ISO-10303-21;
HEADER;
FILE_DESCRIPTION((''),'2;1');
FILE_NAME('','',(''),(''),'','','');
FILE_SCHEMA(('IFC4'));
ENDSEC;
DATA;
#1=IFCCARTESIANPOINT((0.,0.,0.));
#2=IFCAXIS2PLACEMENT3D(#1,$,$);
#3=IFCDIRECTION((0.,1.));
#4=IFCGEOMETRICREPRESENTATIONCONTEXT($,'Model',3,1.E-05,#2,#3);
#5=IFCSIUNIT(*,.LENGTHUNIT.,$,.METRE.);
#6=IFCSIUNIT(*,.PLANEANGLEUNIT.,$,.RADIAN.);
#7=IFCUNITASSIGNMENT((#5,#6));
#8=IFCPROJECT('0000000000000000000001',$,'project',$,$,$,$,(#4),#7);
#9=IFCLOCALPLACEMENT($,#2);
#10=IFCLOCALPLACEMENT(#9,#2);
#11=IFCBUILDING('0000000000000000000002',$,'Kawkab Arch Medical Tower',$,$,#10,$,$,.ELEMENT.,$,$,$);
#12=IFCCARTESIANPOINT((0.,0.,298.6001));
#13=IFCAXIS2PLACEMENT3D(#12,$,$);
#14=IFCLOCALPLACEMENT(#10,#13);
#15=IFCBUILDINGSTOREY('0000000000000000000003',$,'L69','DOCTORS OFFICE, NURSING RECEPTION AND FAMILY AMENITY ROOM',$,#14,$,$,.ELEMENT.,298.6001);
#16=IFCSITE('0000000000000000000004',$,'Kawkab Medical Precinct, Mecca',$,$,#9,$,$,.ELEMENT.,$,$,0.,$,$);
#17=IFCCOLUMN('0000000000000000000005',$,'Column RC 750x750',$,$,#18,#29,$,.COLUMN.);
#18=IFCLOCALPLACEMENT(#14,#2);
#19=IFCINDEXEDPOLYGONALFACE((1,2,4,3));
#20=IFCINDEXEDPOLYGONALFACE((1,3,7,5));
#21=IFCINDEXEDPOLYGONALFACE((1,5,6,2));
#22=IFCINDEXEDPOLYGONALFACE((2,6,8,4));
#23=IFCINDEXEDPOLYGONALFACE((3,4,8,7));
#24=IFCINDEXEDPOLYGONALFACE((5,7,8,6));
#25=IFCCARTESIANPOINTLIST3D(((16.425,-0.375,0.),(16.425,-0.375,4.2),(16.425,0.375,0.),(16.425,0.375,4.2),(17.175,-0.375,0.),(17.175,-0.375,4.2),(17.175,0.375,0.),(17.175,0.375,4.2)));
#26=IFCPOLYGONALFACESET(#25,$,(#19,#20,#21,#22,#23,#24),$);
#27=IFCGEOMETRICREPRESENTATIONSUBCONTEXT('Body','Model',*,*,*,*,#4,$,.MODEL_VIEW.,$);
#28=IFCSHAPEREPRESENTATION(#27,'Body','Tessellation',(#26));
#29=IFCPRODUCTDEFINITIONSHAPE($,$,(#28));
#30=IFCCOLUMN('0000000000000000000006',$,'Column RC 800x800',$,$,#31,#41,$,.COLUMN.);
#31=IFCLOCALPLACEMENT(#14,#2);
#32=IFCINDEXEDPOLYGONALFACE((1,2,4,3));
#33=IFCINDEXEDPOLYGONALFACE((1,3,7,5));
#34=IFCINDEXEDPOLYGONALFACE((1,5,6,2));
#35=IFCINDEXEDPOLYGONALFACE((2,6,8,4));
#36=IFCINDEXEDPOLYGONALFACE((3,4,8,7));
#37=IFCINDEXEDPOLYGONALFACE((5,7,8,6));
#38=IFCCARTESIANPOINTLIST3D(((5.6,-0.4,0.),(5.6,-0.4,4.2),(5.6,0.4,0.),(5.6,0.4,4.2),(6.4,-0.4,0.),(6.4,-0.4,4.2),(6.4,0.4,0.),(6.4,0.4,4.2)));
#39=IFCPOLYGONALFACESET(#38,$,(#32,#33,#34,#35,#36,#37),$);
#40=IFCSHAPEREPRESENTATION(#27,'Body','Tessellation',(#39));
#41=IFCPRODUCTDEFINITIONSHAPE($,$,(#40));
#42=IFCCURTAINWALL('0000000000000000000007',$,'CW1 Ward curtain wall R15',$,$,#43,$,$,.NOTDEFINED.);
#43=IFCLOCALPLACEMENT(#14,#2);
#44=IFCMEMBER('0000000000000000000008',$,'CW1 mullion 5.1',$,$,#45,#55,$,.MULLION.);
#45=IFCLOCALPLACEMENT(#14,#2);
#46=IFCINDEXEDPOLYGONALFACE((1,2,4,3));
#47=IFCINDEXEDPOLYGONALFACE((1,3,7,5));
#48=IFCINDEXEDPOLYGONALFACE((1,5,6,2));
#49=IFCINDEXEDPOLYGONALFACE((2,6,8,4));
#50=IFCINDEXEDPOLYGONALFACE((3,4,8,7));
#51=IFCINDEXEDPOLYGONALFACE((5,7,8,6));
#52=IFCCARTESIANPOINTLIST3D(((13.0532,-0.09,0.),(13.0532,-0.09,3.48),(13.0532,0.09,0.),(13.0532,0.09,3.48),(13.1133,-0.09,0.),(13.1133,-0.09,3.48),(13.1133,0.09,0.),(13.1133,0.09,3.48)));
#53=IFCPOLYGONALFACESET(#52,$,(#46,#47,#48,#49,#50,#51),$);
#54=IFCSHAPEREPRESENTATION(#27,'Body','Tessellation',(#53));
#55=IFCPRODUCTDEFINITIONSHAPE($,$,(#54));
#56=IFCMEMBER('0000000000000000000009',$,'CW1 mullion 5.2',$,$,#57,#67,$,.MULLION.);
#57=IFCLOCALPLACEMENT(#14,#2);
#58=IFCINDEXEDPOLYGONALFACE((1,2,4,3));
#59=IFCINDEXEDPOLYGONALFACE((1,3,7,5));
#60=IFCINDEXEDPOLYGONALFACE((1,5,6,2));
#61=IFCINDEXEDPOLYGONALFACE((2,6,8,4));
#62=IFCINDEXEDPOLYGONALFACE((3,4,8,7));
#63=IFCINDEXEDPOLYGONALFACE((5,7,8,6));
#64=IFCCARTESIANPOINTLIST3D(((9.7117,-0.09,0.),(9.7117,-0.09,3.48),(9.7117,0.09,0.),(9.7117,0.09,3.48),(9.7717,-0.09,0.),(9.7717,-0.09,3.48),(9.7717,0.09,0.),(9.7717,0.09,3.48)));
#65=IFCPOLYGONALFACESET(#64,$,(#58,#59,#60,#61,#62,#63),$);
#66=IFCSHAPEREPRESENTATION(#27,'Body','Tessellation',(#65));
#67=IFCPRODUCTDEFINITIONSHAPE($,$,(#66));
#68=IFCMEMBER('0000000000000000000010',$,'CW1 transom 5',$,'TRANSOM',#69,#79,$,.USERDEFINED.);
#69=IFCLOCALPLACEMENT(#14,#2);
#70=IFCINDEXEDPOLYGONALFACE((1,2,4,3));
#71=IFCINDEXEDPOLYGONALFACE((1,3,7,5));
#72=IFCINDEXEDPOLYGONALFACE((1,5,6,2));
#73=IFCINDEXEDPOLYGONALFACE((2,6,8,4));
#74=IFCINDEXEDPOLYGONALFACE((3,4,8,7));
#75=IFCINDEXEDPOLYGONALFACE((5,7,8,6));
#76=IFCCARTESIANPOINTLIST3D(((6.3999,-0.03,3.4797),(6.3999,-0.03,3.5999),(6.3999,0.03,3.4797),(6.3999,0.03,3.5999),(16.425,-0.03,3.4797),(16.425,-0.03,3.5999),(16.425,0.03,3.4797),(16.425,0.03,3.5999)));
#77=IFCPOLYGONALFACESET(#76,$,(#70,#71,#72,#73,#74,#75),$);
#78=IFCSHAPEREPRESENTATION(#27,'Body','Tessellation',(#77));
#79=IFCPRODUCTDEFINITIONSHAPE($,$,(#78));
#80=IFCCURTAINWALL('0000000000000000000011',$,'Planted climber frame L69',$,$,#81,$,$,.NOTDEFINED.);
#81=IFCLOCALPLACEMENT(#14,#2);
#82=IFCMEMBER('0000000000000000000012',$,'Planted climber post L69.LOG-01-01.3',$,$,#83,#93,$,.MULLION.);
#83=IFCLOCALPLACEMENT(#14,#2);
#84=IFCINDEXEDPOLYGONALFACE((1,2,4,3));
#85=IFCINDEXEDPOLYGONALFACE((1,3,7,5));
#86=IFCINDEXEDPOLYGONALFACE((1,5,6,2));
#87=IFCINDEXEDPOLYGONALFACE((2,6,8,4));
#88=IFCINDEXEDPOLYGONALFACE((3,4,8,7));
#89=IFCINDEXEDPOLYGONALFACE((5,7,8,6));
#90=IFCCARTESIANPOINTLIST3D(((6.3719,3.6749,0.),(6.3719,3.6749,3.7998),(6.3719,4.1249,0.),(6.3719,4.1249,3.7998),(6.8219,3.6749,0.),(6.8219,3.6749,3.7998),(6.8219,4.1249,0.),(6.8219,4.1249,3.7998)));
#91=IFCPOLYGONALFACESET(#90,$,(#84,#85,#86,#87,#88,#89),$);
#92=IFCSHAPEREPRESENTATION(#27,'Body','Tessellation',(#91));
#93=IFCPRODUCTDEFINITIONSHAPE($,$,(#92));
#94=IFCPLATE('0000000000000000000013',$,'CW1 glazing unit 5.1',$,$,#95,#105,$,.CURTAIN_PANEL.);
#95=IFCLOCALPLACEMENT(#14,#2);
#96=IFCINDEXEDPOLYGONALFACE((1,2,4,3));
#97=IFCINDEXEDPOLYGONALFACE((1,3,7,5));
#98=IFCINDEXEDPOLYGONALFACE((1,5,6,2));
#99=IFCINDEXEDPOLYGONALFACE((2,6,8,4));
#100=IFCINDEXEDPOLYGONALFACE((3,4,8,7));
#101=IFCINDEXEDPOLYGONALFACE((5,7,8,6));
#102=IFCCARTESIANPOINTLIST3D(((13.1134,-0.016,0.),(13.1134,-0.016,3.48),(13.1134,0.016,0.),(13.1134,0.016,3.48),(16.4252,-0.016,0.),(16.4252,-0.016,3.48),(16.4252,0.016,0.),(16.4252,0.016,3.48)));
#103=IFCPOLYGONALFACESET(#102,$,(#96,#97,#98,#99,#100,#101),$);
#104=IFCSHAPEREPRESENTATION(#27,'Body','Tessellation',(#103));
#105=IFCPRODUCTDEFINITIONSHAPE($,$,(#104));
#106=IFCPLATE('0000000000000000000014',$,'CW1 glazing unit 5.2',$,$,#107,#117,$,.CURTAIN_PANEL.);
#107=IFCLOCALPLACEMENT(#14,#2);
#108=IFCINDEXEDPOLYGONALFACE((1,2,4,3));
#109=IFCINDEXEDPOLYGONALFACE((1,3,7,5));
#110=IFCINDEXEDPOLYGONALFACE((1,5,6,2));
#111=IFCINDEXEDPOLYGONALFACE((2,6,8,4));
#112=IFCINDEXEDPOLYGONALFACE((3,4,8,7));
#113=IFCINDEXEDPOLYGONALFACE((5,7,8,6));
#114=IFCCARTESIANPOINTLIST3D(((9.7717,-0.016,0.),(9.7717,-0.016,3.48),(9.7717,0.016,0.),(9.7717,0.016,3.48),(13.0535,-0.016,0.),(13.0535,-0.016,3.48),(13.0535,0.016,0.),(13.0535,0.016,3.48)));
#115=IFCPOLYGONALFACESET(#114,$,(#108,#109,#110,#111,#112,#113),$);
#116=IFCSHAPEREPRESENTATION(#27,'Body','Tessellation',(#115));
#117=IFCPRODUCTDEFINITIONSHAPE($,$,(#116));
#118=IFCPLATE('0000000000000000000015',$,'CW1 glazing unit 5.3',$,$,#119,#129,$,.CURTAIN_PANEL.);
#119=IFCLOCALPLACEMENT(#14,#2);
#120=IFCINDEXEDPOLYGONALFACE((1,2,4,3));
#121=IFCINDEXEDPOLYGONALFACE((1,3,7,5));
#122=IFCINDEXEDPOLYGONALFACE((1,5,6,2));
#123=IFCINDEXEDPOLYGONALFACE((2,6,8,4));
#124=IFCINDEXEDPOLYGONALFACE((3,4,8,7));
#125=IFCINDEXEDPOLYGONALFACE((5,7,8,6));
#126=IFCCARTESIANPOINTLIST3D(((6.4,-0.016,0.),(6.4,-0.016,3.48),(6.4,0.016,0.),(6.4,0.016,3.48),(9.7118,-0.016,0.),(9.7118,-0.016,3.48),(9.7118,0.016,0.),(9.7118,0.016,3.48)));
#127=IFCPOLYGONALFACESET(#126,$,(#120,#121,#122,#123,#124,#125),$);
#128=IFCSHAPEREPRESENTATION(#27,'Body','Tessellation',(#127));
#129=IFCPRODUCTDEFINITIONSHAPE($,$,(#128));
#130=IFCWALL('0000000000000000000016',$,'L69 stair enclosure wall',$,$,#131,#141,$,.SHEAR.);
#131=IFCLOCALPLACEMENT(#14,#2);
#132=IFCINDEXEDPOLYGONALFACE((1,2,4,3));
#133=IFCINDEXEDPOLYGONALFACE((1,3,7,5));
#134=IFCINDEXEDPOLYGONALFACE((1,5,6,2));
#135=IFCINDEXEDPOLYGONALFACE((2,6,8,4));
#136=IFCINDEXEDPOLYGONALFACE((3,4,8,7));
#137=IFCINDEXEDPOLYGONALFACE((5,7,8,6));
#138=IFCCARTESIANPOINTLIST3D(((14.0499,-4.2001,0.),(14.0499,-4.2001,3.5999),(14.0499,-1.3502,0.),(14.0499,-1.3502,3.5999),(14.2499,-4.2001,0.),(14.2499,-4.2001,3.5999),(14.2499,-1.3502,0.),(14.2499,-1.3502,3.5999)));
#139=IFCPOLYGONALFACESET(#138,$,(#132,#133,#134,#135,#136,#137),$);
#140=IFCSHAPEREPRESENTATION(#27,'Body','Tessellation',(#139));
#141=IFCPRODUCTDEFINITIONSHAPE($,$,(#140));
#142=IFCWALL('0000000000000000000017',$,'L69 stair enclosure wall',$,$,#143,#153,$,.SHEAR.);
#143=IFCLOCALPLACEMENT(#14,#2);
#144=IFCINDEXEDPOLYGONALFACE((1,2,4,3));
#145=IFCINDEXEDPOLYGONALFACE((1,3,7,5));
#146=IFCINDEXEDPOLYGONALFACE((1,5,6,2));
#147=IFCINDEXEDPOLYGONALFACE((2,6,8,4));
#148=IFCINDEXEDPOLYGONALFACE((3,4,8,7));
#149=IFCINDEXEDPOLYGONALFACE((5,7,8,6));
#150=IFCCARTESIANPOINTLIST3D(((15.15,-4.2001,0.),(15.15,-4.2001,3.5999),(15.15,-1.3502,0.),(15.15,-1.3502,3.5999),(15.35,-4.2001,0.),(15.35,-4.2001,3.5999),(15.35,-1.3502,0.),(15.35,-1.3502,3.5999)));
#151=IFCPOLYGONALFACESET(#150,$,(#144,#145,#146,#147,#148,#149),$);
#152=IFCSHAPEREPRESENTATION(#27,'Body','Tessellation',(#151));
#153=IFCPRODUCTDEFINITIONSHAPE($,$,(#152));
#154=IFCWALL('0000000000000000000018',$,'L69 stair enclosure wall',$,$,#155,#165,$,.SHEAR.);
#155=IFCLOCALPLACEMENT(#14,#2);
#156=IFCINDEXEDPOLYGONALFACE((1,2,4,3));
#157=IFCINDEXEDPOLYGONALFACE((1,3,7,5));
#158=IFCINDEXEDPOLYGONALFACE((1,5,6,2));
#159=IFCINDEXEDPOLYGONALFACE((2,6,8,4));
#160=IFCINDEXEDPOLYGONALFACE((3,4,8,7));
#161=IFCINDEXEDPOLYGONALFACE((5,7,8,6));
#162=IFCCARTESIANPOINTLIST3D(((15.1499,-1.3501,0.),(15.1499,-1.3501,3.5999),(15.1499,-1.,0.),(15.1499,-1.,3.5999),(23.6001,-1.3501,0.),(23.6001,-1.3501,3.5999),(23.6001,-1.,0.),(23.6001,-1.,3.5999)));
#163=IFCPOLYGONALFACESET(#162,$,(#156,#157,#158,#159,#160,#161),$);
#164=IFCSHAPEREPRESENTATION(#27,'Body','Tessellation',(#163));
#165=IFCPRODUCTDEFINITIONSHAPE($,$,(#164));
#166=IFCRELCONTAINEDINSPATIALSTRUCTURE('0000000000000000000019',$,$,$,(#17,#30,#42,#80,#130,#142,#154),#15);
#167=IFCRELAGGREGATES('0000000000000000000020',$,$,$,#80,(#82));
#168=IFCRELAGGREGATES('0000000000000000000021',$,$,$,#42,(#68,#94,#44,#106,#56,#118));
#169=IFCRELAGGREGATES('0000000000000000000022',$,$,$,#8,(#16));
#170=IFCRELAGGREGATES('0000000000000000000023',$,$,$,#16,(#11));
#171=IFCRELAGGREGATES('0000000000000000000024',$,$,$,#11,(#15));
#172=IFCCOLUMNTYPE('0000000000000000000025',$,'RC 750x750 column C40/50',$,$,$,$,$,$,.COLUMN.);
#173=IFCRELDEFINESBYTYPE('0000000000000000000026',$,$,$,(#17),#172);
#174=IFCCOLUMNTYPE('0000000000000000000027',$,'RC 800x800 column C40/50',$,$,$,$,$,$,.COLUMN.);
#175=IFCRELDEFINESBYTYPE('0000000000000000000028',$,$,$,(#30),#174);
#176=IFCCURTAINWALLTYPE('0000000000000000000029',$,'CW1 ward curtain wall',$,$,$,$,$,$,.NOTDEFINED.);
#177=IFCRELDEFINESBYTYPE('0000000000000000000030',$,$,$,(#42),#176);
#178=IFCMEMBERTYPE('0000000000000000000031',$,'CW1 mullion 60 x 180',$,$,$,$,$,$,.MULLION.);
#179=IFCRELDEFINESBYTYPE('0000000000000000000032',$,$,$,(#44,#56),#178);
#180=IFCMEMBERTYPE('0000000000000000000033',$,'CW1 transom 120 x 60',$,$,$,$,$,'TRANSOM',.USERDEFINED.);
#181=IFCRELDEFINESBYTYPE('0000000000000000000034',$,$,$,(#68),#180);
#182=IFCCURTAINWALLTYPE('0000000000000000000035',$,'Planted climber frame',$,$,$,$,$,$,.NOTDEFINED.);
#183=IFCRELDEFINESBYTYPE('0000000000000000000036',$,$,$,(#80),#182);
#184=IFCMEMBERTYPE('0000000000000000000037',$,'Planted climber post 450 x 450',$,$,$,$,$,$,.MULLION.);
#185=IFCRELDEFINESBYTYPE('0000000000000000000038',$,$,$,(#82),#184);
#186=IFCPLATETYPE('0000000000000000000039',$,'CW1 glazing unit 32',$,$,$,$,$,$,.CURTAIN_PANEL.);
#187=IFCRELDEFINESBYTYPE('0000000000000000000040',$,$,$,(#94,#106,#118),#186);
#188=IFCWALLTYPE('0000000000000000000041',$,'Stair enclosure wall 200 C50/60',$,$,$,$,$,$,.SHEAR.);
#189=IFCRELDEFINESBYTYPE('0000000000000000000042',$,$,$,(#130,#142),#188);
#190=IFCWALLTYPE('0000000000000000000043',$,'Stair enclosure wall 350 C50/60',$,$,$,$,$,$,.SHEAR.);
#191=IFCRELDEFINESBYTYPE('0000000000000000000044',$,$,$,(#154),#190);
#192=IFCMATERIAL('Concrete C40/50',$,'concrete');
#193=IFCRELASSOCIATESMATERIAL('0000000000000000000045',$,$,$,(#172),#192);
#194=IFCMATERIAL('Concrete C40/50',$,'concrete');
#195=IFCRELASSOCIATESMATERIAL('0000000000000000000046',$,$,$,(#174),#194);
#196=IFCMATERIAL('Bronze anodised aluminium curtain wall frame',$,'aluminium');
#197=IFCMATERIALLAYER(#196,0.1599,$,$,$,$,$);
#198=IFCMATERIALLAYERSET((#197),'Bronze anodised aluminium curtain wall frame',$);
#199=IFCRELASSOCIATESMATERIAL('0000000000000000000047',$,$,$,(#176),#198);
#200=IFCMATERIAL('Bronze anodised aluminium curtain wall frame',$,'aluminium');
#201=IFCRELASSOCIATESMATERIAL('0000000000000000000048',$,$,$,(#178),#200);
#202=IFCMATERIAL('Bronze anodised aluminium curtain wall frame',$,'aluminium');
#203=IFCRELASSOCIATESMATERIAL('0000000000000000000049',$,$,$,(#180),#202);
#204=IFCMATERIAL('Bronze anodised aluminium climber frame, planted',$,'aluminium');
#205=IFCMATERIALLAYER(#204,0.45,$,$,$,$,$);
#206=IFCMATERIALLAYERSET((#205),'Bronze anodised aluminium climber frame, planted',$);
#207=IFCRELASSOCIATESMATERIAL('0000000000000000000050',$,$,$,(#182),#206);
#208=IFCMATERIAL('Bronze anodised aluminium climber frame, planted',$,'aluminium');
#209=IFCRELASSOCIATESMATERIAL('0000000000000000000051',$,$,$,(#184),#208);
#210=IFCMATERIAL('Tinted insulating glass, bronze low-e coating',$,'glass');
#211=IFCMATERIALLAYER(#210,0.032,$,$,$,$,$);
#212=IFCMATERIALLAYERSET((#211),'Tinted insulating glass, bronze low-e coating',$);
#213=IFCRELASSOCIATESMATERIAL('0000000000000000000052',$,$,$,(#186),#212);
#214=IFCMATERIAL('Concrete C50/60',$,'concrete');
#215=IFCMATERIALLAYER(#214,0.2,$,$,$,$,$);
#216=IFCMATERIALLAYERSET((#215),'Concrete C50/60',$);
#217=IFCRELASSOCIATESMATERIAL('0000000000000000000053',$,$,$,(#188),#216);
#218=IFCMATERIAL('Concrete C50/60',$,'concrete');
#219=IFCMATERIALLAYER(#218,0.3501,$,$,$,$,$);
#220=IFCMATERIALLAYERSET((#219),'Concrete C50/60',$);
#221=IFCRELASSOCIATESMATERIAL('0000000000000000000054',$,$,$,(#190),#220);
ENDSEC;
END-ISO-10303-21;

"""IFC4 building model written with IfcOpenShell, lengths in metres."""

from ifc_helpers import new_model, si_unit, direction, frame, frame_2d, origin, origin_2d, place, context, subcontext, project, spatial, rectangle, extrude, material, layer, layer_set, material_profile, profile_set, type_object, element, aggregate, save


model = new_model("IFC4")

# Units and contexts
model_context = context("Model", 3, precision=1e-05, world=origin(), true_north=direction((0.0, 1.0)))
body_context = subcontext(model_context, "Body", "Model", "MODEL_VIEW")
ifc_project = project(units=[si_unit("LENGTHUNIT", "METRE"), si_unit("PLANEANGLEUNIT", "RADIAN")], contexts=[model_context])

# Site, building, storey
site_placement = place(None, origin())
site = spatial("IfcSite", under=ifc_project, at=site_placement, Name="Kawkab Medical Precinct, Mecca", CompositionType="ELEMENT", RefElevation=0.0)
building_placement = place(site_placement, origin())
building = spatial("IfcBuilding", under=site, at=building_placement, Name="Kawkab Arch Medical Tower", CompositionType="ELEMENT")
storey_placement = place(building_placement, frame((0.0, 0.0, 298.6001)))
storey = spatial("IfcBuildingStorey", under=building, at=storey_placement, Name="L69", Description="DOCTORS OFFICE, NURSING RECEPTION AND FAMILY AMENITY ROOM", CompositionType="ELEMENT", Elevation=298.6001)

# Columns
ifc_material_1 = material(Name="Concrete C40/50", Category="concrete")
ifc_material_profile_1 = material_profile(ifc_material_1, rectangle(XDim=0.75, YDim=0.75, at=origin_2d()), Name="RC 750x750")
ifc_profile_set_1 = profile_set([ifc_material_profile_1], Name="Concrete C40/50")
column_type_1 = type_object("IfcColumnType", Name="RC 750x750 column C40/50", PredefinedType="COLUMN", material=ifc_profile_set_1)
column_1_placement = place(storey_placement, frame((16.8, 0.0, 0.0), z_axis=(0.0, 0.0, 1.0), x_axis=(1.0, 0.0, 0.0)))
element("IfcColumn", 1, at=column_1_placement, inside=storey, type_object=column_type_1, Name="Column RC 750x750", PredefinedType="COLUMN", context=body_context, shape_type="SweptSolid", body=[
    extrude(rectangle(XDim=0.75, YDim=0.75, at=origin_2d()), origin(), (0.0, 0.0, 1.0), 4.2),
])
ifc_material_2 = material(Name="Concrete C40/50", Category="concrete")
ifc_material_profile_2 = material_profile(ifc_material_2, rectangle(XDim=0.8, YDim=0.8, at=origin_2d()), Name="RC 800x800")
ifc_profile_set_2 = profile_set([ifc_material_profile_2], Name="Concrete C40/50")
column_type_2 = type_object("IfcColumnType", Name="RC 800x800 column C40/50", PredefinedType="COLUMN", material=ifc_profile_set_2)
column_2_placement = place(storey_placement, frame((6.0, 0.0, 0.0), z_axis=(0.0, 0.0, 1.0), x_axis=(1.0, 0.0, 0.0)))
element("IfcColumn", 2, at=column_2_placement, inside=storey, type_object=column_type_2, Name="Column RC 800x800", PredefinedType="COLUMN", context=body_context, shape_type="SweptSolid", body=[
    extrude(rectangle(XDim=0.8, YDim=0.8, at=origin_2d()), origin(), (0.0, 0.0, 1.0), 4.2),
])

# Curtain wall, members
ifc_material_3 = material(Name="Bronze anodised aluminium curtain wall frame", Category="aluminium")
ifc_layer_1 = layer(ifc_material_3, 0.1599)
ifc_layer_set_1 = layer_set([ifc_layer_1], Name="Bronze anodised aluminium curtain wall frame")
curtain_wall_type_1 = type_object("IfcCurtainWallType", Name="CW1 ward curtain wall", PredefinedType="NOTDEFINED", material=ifc_layer_set_1)
placement = place(storey_placement, origin())
curtain_wall_1 = element("IfcCurtainWall", 3, at=placement, inside=storey, type_object=curtain_wall_type_1, Name="CW1 Ward curtain wall R15", PredefinedType="NOTDEFINED")
ifc_material_4 = material(Name="Bronze anodised aluminium curtain wall frame", Category="aluminium")
ifc_material_profile_3 = material_profile(ifc_material_4, rectangle(XDim=0.1799, YDim=0.0601, at=origin_2d()), Name="AL 60x180")
ifc_profile_set_3 = profile_set([ifc_material_profile_3], Name="Bronze anodised aluminium curtain wall frame")
member_type_1 = type_object("IfcMemberType", Name="CW1 mullion 60 x 180", PredefinedType="MULLION", material=ifc_profile_set_3)
member_1_placement = place(storey_placement, frame((13.0833, 0.0, 0.0), z_axis=(0.0, 0.0, 1.0), x_axis=(0.0, -1.0, 0.0)))
member_1 = element("IfcMember", 4, at=member_1_placement, type_object=member_type_1, Name="CW1 mullion 5.1", PredefinedType="MULLION", context=body_context, shape_type="SweptSolid", body=[
    extrude(rectangle(XDim=0.1799, YDim=0.0601, at=origin_2d()), origin(), (0.0, 0.0, 1.0), 3.48),
])
member_2_placement = place(storey_placement, frame((9.7417, 0.0, 0.0), z_axis=(0.0, 0.0, 1.0), x_axis=(0.0, -1.0, 0.0)))
member_2 = element("IfcMember", 5, at=member_2_placement, type_object=member_type_1, Name="CW1 mullion 5.2", PredefinedType="MULLION", context=body_context, shape_type="SweptSolid", body=[
    extrude(rectangle(XDim=0.1799, YDim=0.0601, at=origin_2d()), origin(), (0.0, 0.0, 1.0), 3.48),
])
ifc_material_5 = material(Name="Bronze anodised aluminium curtain wall frame", Category="aluminium")
ifc_material_profile_4 = material_profile(ifc_material_5, rectangle(XDim=0.0601, YDim=0.1201, at=origin_2d()), Name="AL 60x120")
ifc_profile_set_4 = profile_set([ifc_material_profile_4], Name="Bronze anodised aluminium curtain wall frame")
member_type_2 = type_object("IfcMemberType", Name="CW1 transom 120 x 60", ElementType="TRANSOM", PredefinedType="USERDEFINED", material=ifc_profile_set_4)
member_3_placement = place(storey_placement, frame((16.425, 0.0, 3.5398), z_axis=(-1.0, 0.0, 0.0), x_axis=(0.0, -1.0, 0.0)))
member_3 = element("IfcMember", 6, at=member_3_placement, type_object=member_type_2, Name="CW1 transom 5", ObjectType="TRANSOM", PredefinedType="USERDEFINED", context=body_context, shape_type="SweptSolid", body=[
    extrude(rectangle(XDim=0.0601, YDim=0.1201, at=origin_2d()), origin(), (0.0, 0.0, 1.0), 10.0251),
])

# Curtain wall, member
ifc_material_6 = material(Name="Bronze anodised aluminium climber frame, planted", Category="aluminium")
ifc_layer_2 = layer(ifc_material_6, 0.45)
ifc_layer_set_2 = layer_set([ifc_layer_2], Name="Bronze anodised aluminium climber frame, planted")
curtain_wall_type_2 = type_object("IfcCurtainWallType", Name="Planted climber frame", PredefinedType="NOTDEFINED", material=ifc_layer_set_2)
curtain_wall_2 = element("IfcCurtainWall", 7, at=placement, inside=storey, type_object=curtain_wall_type_2, Name="Planted climber frame L69", PredefinedType="NOTDEFINED")
ifc_material_7 = material(Name="Bronze anodised aluminium climber frame, planted", Category="aluminium")
ifc_material_profile_5 = material_profile(ifc_material_7, rectangle(XDim=0.45, YDim=0.45, at=origin_2d()), Name="Post 450x450")
ifc_profile_set_5 = profile_set([ifc_material_profile_5], Name="Bronze anodised aluminium climber frame, planted")
member_type_3 = type_object("IfcMemberType", Name="Planted climber post 450 x 450", PredefinedType="MULLION", material=ifc_profile_set_5)
member_4_placement = place(storey_placement, frame((6.5969, 3.8999, 0.0), z_axis=(0.0, 0.0, 1.0), x_axis=(1.0, 0.0, 0.0)))
member_4 = element("IfcMember", 8, at=member_4_placement, type_object=member_type_3, Name="Planted climber post L69.LOG-01-01.3", PredefinedType="MULLION", context=body_context, shape_type="SweptSolid", body=[
    extrude(rectangle(XDim=0.45, YDim=0.45, at=origin_2d()), origin(), (0.0, 0.0, 1.0), 3.7998),
])
aggregate(curtain_wall_2, [member_4])

# Plates
ifc_material_8 = material(Name="Tinted insulating glass, bronze low-e coating", Category="glass")
ifc_layer_3 = layer(ifc_material_8, 0.032)
ifc_layer_set_3 = layer_set([ifc_layer_3], Name="Tinted insulating glass, bronze low-e coating")
plate_type = type_object("IfcPlateType", Name="CW1 glazing unit 32", PredefinedType="CURTAIN_PANEL", material=ifc_layer_set_3)
plate_1_placement = place(storey_placement, frame((14.7693, 0.0, 0.0), z_axis=(0.0, 0.0, 1.0), x_axis=(-1.0, 0.0, 0.0)))
plate_1 = element("IfcPlate", 9, at=plate_1_placement, type_object=plate_type, Name="CW1 glazing unit 5.1", PredefinedType="CURTAIN_PANEL", context=body_context, shape_type="SweptSolid", body=[
    extrude(rectangle(XDim=3.3118, YDim=0.032, at=origin_2d()), origin(), (0.0, 0.0, 1.0), 3.48),
])
plate_2_placement = place(storey_placement, frame((11.4126, 0.0, 0.0), z_axis=(0.0, 0.0, 1.0), x_axis=(-1.0, 0.0, 0.0)))
plate_2 = element("IfcPlate", 10, at=plate_2_placement, type_object=plate_type, Name="CW1 glazing unit 5.2", PredefinedType="CURTAIN_PANEL", context=body_context, shape_type="SweptSolid", body=[
    extrude(rectangle(XDim=3.2817, YDim=0.032, at=origin_2d()), origin(), (0.0, 0.0, 1.0), 3.48),
])
plate_3_placement = place(storey_placement, frame((8.0559, 0.0, 0.0), z_axis=(0.0, 0.0, 1.0), x_axis=(-1.0, 0.0, 0.0)))
plate_3 = element("IfcPlate", 11, at=plate_3_placement, type_object=plate_type, Name="CW1 glazing unit 5.3", PredefinedType="CURTAIN_PANEL", context=body_context, shape_type="SweptSolid", body=[
    extrude(rectangle(XDim=3.3118, YDim=0.032, at=origin_2d()), origin(), (0.0, 0.0, 1.0), 3.48),
])
aggregate(curtain_wall_1, [member_3, plate_1, member_1, plate_2, member_2, plate_3])

# Walls
ifc_material_9 = material(Name="Concrete C50/60", Category="concrete")
ifc_layer_4 = layer(ifc_material_9, 0.2)
ifc_layer_set_4 = layer_set([ifc_layer_4], Name="Concrete C50/60")
wall_type_1 = type_object("IfcWallType", Name="Stair enclosure wall 200 C50/60", PredefinedType="SHEAR", material=ifc_layer_set_4)
for number, where, z_axis, x_axis, name in (
    (12, (14.1499, -4.2, 0.0), (0.0, 0.0, 1.0), (0.0, 1.0, 0.0), "L69 stair enclosure wall"),
    (13, (15.25, -4.2, 0.0), (0.0, 0.0, 1.0), (0.0, 1.0, 0.0), "L69 stair enclosure wall"),
):
    element("IfcWall", number, at=place(storey_placement, frame(where, z_axis=z_axis, x_axis=x_axis)), inside=storey, type_object=wall_type_1, Name=name, PredefinedType="SHEAR", context=body_context, shape_type="SweptSolid", body=[
        extrude(rectangle(XDim=2.8499, YDim=0.2, at=frame_2d((1.4248, 0.0))), origin(), (0.0, 0.0, 1.0), 3.5999),
    ])
ifc_material_10 = material(Name="Concrete C50/60", Category="concrete")
ifc_layer_5 = layer(ifc_material_10, 0.3501)
ifc_layer_set_5 = layer_set([ifc_layer_5], Name="Concrete C50/60")
wall_type_2 = type_object("IfcWallType", Name="Stair enclosure wall 350 C50/60", PredefinedType="SHEAR", material=ifc_layer_set_5)
wall_placement = place(storey_placement, frame((15.1499, -1.175, 0.0), z_axis=(0.0, 0.0, 1.0), x_axis=(1.0, 0.0, 0.0)))
element("IfcWall", 14, at=wall_placement, inside=storey, type_object=wall_type_2, Name="L69 stair enclosure wall", PredefinedType="SHEAR", context=body_context, shape_type="SweptSolid", body=[
    extrude(rectangle(XDim=8.4502, YDim=0.3501, at=frame_2d((4.2251, 0.0))), origin(), (0.0, 0.0, 1.0), 3.5999),
])

save(model, "model.ifc")
